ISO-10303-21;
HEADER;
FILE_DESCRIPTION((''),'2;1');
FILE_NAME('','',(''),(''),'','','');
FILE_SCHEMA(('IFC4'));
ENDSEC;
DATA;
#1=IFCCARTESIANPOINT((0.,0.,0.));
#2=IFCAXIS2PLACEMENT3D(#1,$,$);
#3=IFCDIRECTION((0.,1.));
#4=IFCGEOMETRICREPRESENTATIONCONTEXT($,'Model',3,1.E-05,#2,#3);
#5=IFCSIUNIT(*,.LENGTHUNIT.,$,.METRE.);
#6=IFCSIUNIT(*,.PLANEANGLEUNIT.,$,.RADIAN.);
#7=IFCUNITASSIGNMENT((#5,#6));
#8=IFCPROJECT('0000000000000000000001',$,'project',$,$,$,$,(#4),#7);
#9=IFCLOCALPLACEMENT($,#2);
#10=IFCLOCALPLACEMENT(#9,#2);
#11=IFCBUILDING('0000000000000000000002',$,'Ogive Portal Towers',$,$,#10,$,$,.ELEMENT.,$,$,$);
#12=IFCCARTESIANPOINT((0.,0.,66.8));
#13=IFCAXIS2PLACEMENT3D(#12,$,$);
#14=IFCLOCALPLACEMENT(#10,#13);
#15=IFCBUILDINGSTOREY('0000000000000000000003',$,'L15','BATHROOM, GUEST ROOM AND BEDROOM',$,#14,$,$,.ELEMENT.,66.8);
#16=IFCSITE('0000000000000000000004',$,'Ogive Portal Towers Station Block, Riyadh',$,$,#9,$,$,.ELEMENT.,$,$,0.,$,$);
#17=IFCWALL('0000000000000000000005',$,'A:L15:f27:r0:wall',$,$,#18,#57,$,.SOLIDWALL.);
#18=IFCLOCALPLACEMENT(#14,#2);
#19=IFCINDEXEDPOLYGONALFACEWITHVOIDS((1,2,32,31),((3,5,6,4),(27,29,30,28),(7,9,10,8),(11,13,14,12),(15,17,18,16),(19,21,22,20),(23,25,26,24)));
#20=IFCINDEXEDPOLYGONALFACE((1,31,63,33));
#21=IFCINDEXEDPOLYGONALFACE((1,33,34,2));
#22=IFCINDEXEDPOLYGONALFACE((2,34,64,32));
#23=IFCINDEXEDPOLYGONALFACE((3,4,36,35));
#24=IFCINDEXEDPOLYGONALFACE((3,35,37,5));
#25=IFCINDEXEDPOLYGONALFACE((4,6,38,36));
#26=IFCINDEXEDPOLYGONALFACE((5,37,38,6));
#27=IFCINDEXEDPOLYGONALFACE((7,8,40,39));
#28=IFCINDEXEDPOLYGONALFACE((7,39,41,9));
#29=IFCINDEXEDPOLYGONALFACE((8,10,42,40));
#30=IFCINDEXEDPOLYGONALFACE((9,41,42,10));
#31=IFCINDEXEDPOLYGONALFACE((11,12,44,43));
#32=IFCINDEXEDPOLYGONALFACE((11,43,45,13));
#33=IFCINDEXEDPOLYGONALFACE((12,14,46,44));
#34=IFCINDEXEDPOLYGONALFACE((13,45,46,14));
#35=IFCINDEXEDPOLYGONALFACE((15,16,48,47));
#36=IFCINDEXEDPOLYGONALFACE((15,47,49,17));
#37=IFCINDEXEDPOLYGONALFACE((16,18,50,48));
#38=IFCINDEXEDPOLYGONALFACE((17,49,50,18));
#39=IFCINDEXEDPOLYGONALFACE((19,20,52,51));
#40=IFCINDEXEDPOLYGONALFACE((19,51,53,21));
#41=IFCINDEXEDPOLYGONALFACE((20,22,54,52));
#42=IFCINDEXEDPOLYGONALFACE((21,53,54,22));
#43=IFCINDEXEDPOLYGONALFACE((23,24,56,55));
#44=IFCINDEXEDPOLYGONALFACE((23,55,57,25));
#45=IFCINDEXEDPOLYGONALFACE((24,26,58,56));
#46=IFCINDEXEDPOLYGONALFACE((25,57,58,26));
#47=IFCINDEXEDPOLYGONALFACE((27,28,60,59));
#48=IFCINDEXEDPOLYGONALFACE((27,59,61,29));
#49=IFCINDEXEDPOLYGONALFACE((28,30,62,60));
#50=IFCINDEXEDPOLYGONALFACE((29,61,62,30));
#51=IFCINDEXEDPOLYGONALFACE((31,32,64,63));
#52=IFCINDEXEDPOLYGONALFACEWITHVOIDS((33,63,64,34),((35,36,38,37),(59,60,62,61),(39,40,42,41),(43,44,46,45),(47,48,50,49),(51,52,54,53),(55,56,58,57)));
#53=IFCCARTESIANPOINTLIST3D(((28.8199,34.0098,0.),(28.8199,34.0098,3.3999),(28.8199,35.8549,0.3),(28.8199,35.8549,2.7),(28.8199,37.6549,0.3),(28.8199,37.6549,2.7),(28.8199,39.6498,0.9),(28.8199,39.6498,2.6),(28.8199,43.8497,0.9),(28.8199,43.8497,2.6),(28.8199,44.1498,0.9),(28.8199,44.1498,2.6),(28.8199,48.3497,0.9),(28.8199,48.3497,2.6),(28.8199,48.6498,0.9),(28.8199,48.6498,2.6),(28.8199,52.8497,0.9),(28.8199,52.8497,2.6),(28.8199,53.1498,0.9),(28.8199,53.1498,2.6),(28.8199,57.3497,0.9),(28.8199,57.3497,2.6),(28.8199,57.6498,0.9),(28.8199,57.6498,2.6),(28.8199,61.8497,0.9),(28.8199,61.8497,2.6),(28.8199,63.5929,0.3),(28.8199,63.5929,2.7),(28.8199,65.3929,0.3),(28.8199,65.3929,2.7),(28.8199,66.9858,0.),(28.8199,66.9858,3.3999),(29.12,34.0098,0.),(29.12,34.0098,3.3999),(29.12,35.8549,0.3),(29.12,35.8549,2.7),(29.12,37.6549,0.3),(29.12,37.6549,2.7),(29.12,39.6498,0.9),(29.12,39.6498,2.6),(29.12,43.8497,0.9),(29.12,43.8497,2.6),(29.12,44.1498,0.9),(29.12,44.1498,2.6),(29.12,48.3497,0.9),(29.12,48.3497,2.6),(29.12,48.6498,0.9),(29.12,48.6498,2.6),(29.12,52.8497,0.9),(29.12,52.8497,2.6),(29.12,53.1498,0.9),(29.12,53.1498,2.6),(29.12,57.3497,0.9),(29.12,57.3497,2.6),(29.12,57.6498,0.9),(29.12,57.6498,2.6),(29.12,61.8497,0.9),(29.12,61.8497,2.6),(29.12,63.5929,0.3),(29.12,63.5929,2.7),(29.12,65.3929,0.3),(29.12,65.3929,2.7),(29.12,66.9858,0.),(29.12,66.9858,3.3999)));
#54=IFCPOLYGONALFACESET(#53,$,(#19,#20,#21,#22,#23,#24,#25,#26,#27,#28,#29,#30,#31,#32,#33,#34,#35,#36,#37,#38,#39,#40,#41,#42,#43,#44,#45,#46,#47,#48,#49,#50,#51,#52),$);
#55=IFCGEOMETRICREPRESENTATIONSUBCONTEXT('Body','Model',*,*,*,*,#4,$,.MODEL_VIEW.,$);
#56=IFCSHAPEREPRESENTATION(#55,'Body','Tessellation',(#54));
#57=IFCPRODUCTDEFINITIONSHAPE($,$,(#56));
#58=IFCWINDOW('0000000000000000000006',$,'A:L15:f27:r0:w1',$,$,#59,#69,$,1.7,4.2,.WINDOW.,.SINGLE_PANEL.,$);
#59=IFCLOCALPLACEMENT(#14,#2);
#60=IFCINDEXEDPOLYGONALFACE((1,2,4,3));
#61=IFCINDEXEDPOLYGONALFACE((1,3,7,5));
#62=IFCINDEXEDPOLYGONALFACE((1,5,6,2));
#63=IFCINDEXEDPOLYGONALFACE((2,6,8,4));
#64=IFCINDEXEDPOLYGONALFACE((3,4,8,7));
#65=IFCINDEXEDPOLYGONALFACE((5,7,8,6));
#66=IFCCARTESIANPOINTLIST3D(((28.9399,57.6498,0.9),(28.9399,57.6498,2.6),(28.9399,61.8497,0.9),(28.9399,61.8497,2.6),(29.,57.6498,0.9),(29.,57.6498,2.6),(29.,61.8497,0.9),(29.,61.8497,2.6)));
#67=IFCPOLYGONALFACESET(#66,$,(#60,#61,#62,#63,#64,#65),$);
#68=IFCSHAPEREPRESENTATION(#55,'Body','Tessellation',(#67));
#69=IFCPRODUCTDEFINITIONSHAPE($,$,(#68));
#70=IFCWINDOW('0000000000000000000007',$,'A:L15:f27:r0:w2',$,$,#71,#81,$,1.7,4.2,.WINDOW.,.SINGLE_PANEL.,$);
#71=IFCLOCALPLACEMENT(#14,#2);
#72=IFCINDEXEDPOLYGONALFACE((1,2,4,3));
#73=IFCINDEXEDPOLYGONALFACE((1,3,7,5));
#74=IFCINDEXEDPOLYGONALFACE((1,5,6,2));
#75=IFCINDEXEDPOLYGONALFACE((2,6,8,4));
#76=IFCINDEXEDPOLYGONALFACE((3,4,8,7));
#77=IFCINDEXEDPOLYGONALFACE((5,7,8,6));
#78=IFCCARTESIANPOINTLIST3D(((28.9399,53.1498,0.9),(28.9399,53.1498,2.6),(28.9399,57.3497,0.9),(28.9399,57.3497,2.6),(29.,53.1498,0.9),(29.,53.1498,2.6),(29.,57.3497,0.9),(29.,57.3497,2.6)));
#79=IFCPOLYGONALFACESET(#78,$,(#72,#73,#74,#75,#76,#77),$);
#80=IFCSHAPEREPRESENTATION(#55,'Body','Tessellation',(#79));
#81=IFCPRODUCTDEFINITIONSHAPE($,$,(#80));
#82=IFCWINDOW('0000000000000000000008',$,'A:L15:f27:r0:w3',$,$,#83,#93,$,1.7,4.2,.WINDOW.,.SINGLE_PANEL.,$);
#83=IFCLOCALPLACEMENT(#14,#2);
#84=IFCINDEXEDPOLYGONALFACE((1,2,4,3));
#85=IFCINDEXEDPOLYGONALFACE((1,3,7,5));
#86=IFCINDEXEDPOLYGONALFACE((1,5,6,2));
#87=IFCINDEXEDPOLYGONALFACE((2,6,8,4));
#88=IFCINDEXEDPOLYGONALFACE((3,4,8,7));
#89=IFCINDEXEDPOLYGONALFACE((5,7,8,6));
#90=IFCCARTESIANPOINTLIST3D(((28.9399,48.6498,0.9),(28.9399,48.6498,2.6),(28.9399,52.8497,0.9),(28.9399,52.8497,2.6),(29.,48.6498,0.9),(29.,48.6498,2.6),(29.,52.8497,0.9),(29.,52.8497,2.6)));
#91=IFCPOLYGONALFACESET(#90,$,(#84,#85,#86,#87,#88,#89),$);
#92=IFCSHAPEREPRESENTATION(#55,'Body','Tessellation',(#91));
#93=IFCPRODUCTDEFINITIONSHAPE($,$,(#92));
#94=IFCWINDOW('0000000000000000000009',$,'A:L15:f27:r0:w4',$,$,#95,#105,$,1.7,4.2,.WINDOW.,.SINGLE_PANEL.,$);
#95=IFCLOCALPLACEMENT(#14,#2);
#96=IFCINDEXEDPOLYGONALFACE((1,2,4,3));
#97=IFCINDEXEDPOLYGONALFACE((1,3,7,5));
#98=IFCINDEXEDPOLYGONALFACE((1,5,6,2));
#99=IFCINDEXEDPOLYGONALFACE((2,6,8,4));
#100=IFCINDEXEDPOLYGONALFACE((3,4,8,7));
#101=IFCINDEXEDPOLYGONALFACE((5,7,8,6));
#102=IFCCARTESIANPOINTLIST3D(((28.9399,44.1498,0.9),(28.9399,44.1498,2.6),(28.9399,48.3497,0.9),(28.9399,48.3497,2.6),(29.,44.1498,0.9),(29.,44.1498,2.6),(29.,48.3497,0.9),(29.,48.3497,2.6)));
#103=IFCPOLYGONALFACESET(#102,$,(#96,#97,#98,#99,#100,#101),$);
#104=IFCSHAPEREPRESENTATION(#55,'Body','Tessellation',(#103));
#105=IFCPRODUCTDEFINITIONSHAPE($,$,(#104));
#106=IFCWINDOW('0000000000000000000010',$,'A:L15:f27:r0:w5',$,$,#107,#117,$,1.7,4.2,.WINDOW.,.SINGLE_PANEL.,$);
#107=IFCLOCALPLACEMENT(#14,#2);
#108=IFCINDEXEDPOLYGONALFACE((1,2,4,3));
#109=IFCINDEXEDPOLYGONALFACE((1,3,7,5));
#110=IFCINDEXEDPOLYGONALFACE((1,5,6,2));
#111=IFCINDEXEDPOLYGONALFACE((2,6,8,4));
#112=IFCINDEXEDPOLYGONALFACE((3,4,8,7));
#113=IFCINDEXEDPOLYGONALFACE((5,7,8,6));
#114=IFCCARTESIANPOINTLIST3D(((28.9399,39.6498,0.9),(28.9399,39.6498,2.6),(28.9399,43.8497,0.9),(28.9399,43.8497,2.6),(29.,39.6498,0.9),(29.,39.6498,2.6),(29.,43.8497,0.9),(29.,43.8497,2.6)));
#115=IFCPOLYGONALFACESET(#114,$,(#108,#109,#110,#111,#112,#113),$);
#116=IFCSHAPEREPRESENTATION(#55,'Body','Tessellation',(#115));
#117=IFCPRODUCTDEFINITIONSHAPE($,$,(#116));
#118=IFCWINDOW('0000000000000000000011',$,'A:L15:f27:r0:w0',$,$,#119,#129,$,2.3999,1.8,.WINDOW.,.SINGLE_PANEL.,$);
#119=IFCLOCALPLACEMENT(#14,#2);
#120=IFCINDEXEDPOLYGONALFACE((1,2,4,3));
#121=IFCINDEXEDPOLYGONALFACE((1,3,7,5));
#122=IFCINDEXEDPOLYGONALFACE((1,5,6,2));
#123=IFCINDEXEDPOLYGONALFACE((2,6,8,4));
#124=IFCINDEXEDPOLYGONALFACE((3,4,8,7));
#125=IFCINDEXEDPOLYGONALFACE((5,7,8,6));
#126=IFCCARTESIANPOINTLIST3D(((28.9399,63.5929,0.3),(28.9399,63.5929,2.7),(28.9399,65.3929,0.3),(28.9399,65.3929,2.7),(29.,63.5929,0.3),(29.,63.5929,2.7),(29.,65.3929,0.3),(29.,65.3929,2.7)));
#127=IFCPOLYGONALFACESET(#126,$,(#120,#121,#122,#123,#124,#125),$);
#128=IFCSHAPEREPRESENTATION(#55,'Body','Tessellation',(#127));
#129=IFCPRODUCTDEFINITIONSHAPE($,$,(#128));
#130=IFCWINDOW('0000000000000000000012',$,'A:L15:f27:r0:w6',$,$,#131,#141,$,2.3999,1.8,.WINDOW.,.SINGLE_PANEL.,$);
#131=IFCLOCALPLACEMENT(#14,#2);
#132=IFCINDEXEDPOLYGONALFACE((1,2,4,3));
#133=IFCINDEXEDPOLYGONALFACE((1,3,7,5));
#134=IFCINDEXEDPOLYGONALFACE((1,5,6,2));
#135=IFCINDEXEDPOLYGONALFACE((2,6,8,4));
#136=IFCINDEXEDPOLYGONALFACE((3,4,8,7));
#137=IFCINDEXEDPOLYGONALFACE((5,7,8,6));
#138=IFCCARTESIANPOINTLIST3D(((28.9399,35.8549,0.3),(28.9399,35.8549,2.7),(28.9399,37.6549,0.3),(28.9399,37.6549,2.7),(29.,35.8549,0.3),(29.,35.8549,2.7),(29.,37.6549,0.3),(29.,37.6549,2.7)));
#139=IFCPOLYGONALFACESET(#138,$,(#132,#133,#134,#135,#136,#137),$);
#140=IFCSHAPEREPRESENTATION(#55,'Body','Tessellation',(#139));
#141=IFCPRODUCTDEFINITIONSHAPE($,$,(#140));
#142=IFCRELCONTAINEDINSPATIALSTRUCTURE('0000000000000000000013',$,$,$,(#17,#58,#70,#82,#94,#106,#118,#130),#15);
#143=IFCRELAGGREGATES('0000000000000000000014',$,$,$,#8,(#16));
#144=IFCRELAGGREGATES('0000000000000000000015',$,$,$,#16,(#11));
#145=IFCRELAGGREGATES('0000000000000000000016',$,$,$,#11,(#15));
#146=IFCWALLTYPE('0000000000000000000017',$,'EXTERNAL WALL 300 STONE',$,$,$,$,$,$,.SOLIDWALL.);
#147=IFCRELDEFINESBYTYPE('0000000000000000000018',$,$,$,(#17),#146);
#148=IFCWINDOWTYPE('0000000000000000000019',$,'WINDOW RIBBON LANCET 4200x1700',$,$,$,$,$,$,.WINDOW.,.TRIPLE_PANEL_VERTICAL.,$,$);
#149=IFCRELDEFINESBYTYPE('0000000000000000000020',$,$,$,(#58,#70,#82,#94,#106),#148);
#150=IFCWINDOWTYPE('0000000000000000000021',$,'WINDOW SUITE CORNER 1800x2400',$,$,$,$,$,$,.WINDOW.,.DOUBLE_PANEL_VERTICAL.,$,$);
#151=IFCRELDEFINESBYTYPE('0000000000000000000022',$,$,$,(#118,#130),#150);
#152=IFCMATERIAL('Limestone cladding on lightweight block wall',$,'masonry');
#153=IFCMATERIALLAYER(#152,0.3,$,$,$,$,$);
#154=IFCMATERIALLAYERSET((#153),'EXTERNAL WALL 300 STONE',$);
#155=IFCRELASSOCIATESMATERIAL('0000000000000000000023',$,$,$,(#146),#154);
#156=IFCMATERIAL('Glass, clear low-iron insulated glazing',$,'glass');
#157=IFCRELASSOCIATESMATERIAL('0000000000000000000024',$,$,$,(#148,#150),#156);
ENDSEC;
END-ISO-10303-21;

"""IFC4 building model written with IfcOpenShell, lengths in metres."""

from ifc_helpers import new_model, si_unit, direction, frame, frame_2d, origin, place, context, subcontext, project, spatial, rectangle, extrude, material, layer, layer_set, type_object, element, fill, save


model = new_model("IFC4")

# Units and contexts
model_context = context("Model", 3, precision=1e-05, world=origin(), true_north=direction((0.0, 1.0)))
body_context = subcontext(model_context, "Body", "Model", "MODEL_VIEW")
ifc_project = project(units=[si_unit("LENGTHUNIT", "METRE"), si_unit("PLANEANGLEUNIT", "RADIAN")], contexts=[model_context])

# Site, building, storey
site_placement = place(None, origin())
site = spatial("IfcSite", under=ifc_project, at=site_placement, Name="Ogive Portal Towers Station Block, Riyadh", CompositionType="ELEMENT", RefElevation=0.0)
building_placement = place(site_placement, origin())
building = spatial("IfcBuilding", under=site, at=building_placement, Name="Ogive Portal Towers", CompositionType="ELEMENT")
storey_placement = place(building_placement, frame((0.0, 0.0, 66.8)))
storey = spatial("IfcBuildingStorey", under=building, at=storey_placement, Name="L15", Description="BATHROOM, GUEST ROOM AND BEDROOM", CompositionType="ELEMENT", Elevation=66.8)

# Shared definitions
ifc_material_1 = material(Name="Glass, clear low-iron insulated glazing", Category="glass")

# Wall, openings, windows
ifc_material_2 = material(Name="Limestone cladding on lightweight block wall", Category="masonry")
ifc_layer_1 = layer(ifc_material_2, 0.3)
ifc_layer_set_1 = layer_set([ifc_layer_1], Name="EXTERNAL WALL 300 STONE")
wall_type_1 = type_object("IfcWallType", Name="EXTERNAL WALL 300 STONE", PredefinedType="SOLIDWALL", material=ifc_layer_set_1)
wall_1_placement = place(storey_placement, frame((28.97, 66.9858, 0.0), z_axis=(0.0, 0.0, 1.0), x_axis=(0.0, -1.0, 0.0)))
wall_1 = element("IfcWall", 1, at=wall_1_placement, inside=storey, type_object=wall_type_1, Name="A:L15:f27:r0:wall", PredefinedType="SOLIDWALL", context=body_context, shape_type="SweptSolid", body=[
    extrude(rectangle(XDim=32.9761, YDim=0.3, at=frame_2d((16.488, 0.0))), origin(), (0.0, 0.0, 1.0), 3.3999),
])
opening_1_placement = place(wall_1_placement, frame((1.593, 0.0, 0.3)))
opening_1 = element("IfcOpeningElement", 2, at=opening_1_placement, cuts=wall_1, PredefinedType="OPENING", context=body_context, shape_type="SweptSolid", body=[
    extrude(rectangle(XDim=1.8, YDim=2.3999, at=frame_2d((0.8999, 1.2))), frame((0.0, 0.1602, 0.0), z_axis=(0.0, -1.0, 0.0), x_axis=(1.0, 0.0, 0.0)), (0.0, 0.0, 1.0), 0.3201),
])
opening_2_placement = place(wall_1_placement, frame((5.136, 0.0, 0.8999)))
opening_2 = element("IfcOpeningElement", 3, at=opening_2_placement, cuts=wall_1, PredefinedType="OPENING", context=body_context, shape_type="SweptSolid", body=[
    extrude(rectangle(XDim=4.2, YDim=1.7, at=frame_2d((2.1001, 0.8501))), frame((0.0, 0.1602, 0.0), z_axis=(0.0, -1.0, 0.0), x_axis=(1.0, 0.0, 0.0)), (0.0, 0.0, 1.0), 0.3201),
])
opening_3_placement = place(wall_1_placement, frame((9.636, 0.0, 0.8999)))
opening_3 = element("IfcOpeningElement", 4, at=opening_3_placement, cuts=wall_1, PredefinedType="OPENING", context=body_context, shape_type="SweptSolid", body=[
    extrude(rectangle(XDim=4.2, YDim=1.7, at=frame_2d((2.1001, 0.8501))), frame((0.0, 0.1602, 0.0), z_axis=(0.0, -1.0, 0.0), x_axis=(1.0, 0.0, 0.0)), (0.0, 0.0, 1.0), 0.3201),
])
opening_4_placement = place(wall_1_placement, frame((14.136, 0.0, 0.8999)))
opening_4 = element("IfcOpeningElement", 5, at=opening_4_placement, cuts=wall_1, PredefinedType="OPENING", context=body_context, shape_type="SweptSolid", body=[
    extrude(rectangle(XDim=4.2, YDim=1.7, at=frame_2d((2.1001, 0.8501))), frame((0.0, 0.1602, 0.0), z_axis=(0.0, -1.0, 0.0), x_axis=(1.0, 0.0, 0.0)), (0.0, 0.0, 1.0), 0.3201),
])
opening_5_placement = place(wall_1_placement, frame((18.636, 0.0, 0.8999)))
opening_5 = element("IfcOpeningElement", 6, at=opening_5_placement, cuts=wall_1, PredefinedType="OPENING", context=body_context, shape_type="SweptSolid", body=[
    extrude(rectangle(XDim=4.2, YDim=1.7, at=frame_2d((2.1001, 0.8501))), frame((0.0, 0.1602, 0.0), z_axis=(0.0, -1.0, 0.0), x_axis=(1.0, 0.0, 0.0)), (0.0, 0.0, 1.0), 0.3201),
])
opening_6_placement = place(wall_1_placement, frame((23.136, 0.0, 0.8999)))
opening_6 = element("IfcOpeningElement", 7, at=opening_6_placement, cuts=wall_1, PredefinedType="OPENING", context=body_context, shape_type="SweptSolid", body=[
    extrude(rectangle(XDim=4.2, YDim=1.7, at=frame_2d((2.1001, 0.8501))), frame((0.0, 0.1602, 0.0), z_axis=(0.0, -1.0, 0.0), x_axis=(1.0, 0.0, 0.0)), (0.0, 0.0, 1.0), 0.3201),
])
opening_7_placement = place(wall_1_placement, frame((29.3311, 0.0, 0.3)))
opening_7 = element("IfcOpeningElement", 8, at=opening_7_placement, cuts=wall_1, PredefinedType="OPENING", context=body_context, shape_type="SweptSolid", body=[
    extrude(rectangle(XDim=1.8, YDim=2.3999, at=frame_2d((0.8999, 1.2))), frame((0.0, 0.1602, 0.0), z_axis=(0.0, -1.0, 0.0), x_axis=(1.0, 0.0, 0.0)), (0.0, 0.0, 1.0), 0.3201),
])
window_type_1 = type_object("IfcWindowType", Name="WINDOW RIBBON LANCET 4200x1700", PartitioningType="TRIPLE_PANEL_VERTICAL", PredefinedType="WINDOW", material=ifc_material_1)
window_1_placement = place(opening_2_placement, origin())
window_1 = element("IfcWindow", 9, at=window_1_placement, inside=storey, type_object=window_type_1, Name="A:L15:f27:r0:w1", OverallHeight=1.7, OverallWidth=4.2, PartitioningType="SINGLE_PANEL", PredefinedType="WINDOW", context=body_context, shape_type="SweptSolid", body=[
    extrude(rectangle(XDim=4.2, YDim=1.7, at=frame_2d((2.1001, 0.8501))), frame((0.0, 0.03, 0.0), z_axis=(0.0, -1.0, 0.0), x_axis=(1.0, 0.0, 0.0)), (0.0, 0.0, 1.0), 0.0601),
])
fill(opening_2, window_1)
window_2_placement = place(opening_3_placement, origin())
window_2 = element("IfcWindow", 10, at=window_2_placement, inside=storey, type_object=window_type_1, Name="A:L15:f27:r0:w2", OverallHeight=1.7, OverallWidth=4.2, PartitioningType="SINGLE_PANEL", PredefinedType="WINDOW", context=body_context, shape_type="SweptSolid", body=[
    extrude(rectangle(XDim=4.2, YDim=1.7, at=frame_2d((2.1001, 0.8501))), frame((0.0, 0.03, 0.0), z_axis=(0.0, -1.0, 0.0), x_axis=(1.0, 0.0, 0.0)), (0.0, 0.0, 1.0), 0.0601),
])
fill(opening_3, window_2)
window_3_placement = place(opening_4_placement, origin())
window_3 = element("IfcWindow", 11, at=window_3_placement, inside=storey, type_object=window_type_1, Name="A:L15:f27:r0:w3", OverallHeight=1.7, OverallWidth=4.2, PartitioningType="SINGLE_PANEL", PredefinedType="WINDOW", context=body_context, shape_type="SweptSolid", body=[
    extrude(rectangle(XDim=4.2, YDim=1.7, at=frame_2d((2.1001, 0.8501))), frame((0.0, 0.03, 0.0), z_axis=(0.0, -1.0, 0.0), x_axis=(1.0, 0.0, 0.0)), (0.0, 0.0, 1.0), 0.0601),
])
fill(opening_4, window_3)
window_4_placement = place(opening_5_placement, origin())
window_4 = element("IfcWindow", 12, at=window_4_placement, inside=storey, type_object=window_type_1, Name="A:L15:f27:r0:w4", OverallHeight=1.7, OverallWidth=4.2, PartitioningType="SINGLE_PANEL", PredefinedType="WINDOW", context=body_context, shape_type="SweptSolid", body=[
    extrude(rectangle(XDim=4.2, YDim=1.7, at=frame_2d((2.1001, 0.8501))), frame((0.0, 0.03, 0.0), z_axis=(0.0, -1.0, 0.0), x_axis=(1.0, 0.0, 0.0)), (0.0, 0.0, 1.0), 0.0601),
])
fill(opening_5, window_4)
window_5_placement = place(opening_6_placement, origin())
window_5 = element("IfcWindow", 13, at=window_5_placement, inside=storey, type_object=window_type_1, Name="A:L15:f27:r0:w5", OverallHeight=1.7, OverallWidth=4.2, PartitioningType="SINGLE_PANEL", PredefinedType="WINDOW", context=body_context, shape_type="SweptSolid", body=[
    extrude(rectangle(XDim=4.2, YDim=1.7, at=frame_2d((2.1001, 0.8501))), frame((0.0, 0.03, 0.0), z_axis=(0.0, -1.0, 0.0), x_axis=(1.0, 0.0, 0.0)), (0.0, 0.0, 1.0), 0.0601),
])
fill(opening_6, window_5)
window_type_2 = type_object("IfcWindowType", Name="WINDOW SUITE CORNER 1800x2400", PartitioningType="DOUBLE_PANEL_VERTICAL", PredefinedType="WINDOW", material=ifc_material_1)
window_6_placement = place(opening_1_placement, origin())
window_6 = element("IfcWindow", 14, at=window_6_placement, inside=storey, type_object=window_type_2, Name="A:L15:f27:r0:w0", OverallHeight=2.3999, OverallWidth=1.8, PartitioningType="SINGLE_PANEL", PredefinedType="WINDOW", context=body_context, shape_type="SweptSolid", body=[
    extrude(rectangle(XDim=1.8, YDim=2.3999, at=frame_2d((0.8999, 1.2))), frame((0.0, 0.03, 0.0), z_axis=(0.0, -1.0, 0.0), x_axis=(1.0, 0.0, 0.0)), (0.0, 0.0, 1.0), 0.0601),
])
fill(opening_1, window_6)
window_7_placement = place(opening_7_placement, origin())
window_7 = element("IfcWindow", 15, at=window_7_placement, inside=storey, type_object=window_type_2, Name="A:L15:f27:r0:w6", OverallHeight=2.3999, OverallWidth=1.8, PartitioningType="SINGLE_PANEL", PredefinedType="WINDOW", context=body_context, shape_type="SweptSolid", body=[
    extrude(rectangle(XDim=1.8, YDim=2.3999, at=frame_2d((0.8999, 1.2))), frame((0.0, 0.03, 0.0), z_axis=(0.0, -1.0, 0.0), x_axis=(1.0, 0.0, 0.0)), (0.0, 0.0, 1.0), 0.0601),
])
fill(opening_7, window_7)

save(model, "model.ifc")
